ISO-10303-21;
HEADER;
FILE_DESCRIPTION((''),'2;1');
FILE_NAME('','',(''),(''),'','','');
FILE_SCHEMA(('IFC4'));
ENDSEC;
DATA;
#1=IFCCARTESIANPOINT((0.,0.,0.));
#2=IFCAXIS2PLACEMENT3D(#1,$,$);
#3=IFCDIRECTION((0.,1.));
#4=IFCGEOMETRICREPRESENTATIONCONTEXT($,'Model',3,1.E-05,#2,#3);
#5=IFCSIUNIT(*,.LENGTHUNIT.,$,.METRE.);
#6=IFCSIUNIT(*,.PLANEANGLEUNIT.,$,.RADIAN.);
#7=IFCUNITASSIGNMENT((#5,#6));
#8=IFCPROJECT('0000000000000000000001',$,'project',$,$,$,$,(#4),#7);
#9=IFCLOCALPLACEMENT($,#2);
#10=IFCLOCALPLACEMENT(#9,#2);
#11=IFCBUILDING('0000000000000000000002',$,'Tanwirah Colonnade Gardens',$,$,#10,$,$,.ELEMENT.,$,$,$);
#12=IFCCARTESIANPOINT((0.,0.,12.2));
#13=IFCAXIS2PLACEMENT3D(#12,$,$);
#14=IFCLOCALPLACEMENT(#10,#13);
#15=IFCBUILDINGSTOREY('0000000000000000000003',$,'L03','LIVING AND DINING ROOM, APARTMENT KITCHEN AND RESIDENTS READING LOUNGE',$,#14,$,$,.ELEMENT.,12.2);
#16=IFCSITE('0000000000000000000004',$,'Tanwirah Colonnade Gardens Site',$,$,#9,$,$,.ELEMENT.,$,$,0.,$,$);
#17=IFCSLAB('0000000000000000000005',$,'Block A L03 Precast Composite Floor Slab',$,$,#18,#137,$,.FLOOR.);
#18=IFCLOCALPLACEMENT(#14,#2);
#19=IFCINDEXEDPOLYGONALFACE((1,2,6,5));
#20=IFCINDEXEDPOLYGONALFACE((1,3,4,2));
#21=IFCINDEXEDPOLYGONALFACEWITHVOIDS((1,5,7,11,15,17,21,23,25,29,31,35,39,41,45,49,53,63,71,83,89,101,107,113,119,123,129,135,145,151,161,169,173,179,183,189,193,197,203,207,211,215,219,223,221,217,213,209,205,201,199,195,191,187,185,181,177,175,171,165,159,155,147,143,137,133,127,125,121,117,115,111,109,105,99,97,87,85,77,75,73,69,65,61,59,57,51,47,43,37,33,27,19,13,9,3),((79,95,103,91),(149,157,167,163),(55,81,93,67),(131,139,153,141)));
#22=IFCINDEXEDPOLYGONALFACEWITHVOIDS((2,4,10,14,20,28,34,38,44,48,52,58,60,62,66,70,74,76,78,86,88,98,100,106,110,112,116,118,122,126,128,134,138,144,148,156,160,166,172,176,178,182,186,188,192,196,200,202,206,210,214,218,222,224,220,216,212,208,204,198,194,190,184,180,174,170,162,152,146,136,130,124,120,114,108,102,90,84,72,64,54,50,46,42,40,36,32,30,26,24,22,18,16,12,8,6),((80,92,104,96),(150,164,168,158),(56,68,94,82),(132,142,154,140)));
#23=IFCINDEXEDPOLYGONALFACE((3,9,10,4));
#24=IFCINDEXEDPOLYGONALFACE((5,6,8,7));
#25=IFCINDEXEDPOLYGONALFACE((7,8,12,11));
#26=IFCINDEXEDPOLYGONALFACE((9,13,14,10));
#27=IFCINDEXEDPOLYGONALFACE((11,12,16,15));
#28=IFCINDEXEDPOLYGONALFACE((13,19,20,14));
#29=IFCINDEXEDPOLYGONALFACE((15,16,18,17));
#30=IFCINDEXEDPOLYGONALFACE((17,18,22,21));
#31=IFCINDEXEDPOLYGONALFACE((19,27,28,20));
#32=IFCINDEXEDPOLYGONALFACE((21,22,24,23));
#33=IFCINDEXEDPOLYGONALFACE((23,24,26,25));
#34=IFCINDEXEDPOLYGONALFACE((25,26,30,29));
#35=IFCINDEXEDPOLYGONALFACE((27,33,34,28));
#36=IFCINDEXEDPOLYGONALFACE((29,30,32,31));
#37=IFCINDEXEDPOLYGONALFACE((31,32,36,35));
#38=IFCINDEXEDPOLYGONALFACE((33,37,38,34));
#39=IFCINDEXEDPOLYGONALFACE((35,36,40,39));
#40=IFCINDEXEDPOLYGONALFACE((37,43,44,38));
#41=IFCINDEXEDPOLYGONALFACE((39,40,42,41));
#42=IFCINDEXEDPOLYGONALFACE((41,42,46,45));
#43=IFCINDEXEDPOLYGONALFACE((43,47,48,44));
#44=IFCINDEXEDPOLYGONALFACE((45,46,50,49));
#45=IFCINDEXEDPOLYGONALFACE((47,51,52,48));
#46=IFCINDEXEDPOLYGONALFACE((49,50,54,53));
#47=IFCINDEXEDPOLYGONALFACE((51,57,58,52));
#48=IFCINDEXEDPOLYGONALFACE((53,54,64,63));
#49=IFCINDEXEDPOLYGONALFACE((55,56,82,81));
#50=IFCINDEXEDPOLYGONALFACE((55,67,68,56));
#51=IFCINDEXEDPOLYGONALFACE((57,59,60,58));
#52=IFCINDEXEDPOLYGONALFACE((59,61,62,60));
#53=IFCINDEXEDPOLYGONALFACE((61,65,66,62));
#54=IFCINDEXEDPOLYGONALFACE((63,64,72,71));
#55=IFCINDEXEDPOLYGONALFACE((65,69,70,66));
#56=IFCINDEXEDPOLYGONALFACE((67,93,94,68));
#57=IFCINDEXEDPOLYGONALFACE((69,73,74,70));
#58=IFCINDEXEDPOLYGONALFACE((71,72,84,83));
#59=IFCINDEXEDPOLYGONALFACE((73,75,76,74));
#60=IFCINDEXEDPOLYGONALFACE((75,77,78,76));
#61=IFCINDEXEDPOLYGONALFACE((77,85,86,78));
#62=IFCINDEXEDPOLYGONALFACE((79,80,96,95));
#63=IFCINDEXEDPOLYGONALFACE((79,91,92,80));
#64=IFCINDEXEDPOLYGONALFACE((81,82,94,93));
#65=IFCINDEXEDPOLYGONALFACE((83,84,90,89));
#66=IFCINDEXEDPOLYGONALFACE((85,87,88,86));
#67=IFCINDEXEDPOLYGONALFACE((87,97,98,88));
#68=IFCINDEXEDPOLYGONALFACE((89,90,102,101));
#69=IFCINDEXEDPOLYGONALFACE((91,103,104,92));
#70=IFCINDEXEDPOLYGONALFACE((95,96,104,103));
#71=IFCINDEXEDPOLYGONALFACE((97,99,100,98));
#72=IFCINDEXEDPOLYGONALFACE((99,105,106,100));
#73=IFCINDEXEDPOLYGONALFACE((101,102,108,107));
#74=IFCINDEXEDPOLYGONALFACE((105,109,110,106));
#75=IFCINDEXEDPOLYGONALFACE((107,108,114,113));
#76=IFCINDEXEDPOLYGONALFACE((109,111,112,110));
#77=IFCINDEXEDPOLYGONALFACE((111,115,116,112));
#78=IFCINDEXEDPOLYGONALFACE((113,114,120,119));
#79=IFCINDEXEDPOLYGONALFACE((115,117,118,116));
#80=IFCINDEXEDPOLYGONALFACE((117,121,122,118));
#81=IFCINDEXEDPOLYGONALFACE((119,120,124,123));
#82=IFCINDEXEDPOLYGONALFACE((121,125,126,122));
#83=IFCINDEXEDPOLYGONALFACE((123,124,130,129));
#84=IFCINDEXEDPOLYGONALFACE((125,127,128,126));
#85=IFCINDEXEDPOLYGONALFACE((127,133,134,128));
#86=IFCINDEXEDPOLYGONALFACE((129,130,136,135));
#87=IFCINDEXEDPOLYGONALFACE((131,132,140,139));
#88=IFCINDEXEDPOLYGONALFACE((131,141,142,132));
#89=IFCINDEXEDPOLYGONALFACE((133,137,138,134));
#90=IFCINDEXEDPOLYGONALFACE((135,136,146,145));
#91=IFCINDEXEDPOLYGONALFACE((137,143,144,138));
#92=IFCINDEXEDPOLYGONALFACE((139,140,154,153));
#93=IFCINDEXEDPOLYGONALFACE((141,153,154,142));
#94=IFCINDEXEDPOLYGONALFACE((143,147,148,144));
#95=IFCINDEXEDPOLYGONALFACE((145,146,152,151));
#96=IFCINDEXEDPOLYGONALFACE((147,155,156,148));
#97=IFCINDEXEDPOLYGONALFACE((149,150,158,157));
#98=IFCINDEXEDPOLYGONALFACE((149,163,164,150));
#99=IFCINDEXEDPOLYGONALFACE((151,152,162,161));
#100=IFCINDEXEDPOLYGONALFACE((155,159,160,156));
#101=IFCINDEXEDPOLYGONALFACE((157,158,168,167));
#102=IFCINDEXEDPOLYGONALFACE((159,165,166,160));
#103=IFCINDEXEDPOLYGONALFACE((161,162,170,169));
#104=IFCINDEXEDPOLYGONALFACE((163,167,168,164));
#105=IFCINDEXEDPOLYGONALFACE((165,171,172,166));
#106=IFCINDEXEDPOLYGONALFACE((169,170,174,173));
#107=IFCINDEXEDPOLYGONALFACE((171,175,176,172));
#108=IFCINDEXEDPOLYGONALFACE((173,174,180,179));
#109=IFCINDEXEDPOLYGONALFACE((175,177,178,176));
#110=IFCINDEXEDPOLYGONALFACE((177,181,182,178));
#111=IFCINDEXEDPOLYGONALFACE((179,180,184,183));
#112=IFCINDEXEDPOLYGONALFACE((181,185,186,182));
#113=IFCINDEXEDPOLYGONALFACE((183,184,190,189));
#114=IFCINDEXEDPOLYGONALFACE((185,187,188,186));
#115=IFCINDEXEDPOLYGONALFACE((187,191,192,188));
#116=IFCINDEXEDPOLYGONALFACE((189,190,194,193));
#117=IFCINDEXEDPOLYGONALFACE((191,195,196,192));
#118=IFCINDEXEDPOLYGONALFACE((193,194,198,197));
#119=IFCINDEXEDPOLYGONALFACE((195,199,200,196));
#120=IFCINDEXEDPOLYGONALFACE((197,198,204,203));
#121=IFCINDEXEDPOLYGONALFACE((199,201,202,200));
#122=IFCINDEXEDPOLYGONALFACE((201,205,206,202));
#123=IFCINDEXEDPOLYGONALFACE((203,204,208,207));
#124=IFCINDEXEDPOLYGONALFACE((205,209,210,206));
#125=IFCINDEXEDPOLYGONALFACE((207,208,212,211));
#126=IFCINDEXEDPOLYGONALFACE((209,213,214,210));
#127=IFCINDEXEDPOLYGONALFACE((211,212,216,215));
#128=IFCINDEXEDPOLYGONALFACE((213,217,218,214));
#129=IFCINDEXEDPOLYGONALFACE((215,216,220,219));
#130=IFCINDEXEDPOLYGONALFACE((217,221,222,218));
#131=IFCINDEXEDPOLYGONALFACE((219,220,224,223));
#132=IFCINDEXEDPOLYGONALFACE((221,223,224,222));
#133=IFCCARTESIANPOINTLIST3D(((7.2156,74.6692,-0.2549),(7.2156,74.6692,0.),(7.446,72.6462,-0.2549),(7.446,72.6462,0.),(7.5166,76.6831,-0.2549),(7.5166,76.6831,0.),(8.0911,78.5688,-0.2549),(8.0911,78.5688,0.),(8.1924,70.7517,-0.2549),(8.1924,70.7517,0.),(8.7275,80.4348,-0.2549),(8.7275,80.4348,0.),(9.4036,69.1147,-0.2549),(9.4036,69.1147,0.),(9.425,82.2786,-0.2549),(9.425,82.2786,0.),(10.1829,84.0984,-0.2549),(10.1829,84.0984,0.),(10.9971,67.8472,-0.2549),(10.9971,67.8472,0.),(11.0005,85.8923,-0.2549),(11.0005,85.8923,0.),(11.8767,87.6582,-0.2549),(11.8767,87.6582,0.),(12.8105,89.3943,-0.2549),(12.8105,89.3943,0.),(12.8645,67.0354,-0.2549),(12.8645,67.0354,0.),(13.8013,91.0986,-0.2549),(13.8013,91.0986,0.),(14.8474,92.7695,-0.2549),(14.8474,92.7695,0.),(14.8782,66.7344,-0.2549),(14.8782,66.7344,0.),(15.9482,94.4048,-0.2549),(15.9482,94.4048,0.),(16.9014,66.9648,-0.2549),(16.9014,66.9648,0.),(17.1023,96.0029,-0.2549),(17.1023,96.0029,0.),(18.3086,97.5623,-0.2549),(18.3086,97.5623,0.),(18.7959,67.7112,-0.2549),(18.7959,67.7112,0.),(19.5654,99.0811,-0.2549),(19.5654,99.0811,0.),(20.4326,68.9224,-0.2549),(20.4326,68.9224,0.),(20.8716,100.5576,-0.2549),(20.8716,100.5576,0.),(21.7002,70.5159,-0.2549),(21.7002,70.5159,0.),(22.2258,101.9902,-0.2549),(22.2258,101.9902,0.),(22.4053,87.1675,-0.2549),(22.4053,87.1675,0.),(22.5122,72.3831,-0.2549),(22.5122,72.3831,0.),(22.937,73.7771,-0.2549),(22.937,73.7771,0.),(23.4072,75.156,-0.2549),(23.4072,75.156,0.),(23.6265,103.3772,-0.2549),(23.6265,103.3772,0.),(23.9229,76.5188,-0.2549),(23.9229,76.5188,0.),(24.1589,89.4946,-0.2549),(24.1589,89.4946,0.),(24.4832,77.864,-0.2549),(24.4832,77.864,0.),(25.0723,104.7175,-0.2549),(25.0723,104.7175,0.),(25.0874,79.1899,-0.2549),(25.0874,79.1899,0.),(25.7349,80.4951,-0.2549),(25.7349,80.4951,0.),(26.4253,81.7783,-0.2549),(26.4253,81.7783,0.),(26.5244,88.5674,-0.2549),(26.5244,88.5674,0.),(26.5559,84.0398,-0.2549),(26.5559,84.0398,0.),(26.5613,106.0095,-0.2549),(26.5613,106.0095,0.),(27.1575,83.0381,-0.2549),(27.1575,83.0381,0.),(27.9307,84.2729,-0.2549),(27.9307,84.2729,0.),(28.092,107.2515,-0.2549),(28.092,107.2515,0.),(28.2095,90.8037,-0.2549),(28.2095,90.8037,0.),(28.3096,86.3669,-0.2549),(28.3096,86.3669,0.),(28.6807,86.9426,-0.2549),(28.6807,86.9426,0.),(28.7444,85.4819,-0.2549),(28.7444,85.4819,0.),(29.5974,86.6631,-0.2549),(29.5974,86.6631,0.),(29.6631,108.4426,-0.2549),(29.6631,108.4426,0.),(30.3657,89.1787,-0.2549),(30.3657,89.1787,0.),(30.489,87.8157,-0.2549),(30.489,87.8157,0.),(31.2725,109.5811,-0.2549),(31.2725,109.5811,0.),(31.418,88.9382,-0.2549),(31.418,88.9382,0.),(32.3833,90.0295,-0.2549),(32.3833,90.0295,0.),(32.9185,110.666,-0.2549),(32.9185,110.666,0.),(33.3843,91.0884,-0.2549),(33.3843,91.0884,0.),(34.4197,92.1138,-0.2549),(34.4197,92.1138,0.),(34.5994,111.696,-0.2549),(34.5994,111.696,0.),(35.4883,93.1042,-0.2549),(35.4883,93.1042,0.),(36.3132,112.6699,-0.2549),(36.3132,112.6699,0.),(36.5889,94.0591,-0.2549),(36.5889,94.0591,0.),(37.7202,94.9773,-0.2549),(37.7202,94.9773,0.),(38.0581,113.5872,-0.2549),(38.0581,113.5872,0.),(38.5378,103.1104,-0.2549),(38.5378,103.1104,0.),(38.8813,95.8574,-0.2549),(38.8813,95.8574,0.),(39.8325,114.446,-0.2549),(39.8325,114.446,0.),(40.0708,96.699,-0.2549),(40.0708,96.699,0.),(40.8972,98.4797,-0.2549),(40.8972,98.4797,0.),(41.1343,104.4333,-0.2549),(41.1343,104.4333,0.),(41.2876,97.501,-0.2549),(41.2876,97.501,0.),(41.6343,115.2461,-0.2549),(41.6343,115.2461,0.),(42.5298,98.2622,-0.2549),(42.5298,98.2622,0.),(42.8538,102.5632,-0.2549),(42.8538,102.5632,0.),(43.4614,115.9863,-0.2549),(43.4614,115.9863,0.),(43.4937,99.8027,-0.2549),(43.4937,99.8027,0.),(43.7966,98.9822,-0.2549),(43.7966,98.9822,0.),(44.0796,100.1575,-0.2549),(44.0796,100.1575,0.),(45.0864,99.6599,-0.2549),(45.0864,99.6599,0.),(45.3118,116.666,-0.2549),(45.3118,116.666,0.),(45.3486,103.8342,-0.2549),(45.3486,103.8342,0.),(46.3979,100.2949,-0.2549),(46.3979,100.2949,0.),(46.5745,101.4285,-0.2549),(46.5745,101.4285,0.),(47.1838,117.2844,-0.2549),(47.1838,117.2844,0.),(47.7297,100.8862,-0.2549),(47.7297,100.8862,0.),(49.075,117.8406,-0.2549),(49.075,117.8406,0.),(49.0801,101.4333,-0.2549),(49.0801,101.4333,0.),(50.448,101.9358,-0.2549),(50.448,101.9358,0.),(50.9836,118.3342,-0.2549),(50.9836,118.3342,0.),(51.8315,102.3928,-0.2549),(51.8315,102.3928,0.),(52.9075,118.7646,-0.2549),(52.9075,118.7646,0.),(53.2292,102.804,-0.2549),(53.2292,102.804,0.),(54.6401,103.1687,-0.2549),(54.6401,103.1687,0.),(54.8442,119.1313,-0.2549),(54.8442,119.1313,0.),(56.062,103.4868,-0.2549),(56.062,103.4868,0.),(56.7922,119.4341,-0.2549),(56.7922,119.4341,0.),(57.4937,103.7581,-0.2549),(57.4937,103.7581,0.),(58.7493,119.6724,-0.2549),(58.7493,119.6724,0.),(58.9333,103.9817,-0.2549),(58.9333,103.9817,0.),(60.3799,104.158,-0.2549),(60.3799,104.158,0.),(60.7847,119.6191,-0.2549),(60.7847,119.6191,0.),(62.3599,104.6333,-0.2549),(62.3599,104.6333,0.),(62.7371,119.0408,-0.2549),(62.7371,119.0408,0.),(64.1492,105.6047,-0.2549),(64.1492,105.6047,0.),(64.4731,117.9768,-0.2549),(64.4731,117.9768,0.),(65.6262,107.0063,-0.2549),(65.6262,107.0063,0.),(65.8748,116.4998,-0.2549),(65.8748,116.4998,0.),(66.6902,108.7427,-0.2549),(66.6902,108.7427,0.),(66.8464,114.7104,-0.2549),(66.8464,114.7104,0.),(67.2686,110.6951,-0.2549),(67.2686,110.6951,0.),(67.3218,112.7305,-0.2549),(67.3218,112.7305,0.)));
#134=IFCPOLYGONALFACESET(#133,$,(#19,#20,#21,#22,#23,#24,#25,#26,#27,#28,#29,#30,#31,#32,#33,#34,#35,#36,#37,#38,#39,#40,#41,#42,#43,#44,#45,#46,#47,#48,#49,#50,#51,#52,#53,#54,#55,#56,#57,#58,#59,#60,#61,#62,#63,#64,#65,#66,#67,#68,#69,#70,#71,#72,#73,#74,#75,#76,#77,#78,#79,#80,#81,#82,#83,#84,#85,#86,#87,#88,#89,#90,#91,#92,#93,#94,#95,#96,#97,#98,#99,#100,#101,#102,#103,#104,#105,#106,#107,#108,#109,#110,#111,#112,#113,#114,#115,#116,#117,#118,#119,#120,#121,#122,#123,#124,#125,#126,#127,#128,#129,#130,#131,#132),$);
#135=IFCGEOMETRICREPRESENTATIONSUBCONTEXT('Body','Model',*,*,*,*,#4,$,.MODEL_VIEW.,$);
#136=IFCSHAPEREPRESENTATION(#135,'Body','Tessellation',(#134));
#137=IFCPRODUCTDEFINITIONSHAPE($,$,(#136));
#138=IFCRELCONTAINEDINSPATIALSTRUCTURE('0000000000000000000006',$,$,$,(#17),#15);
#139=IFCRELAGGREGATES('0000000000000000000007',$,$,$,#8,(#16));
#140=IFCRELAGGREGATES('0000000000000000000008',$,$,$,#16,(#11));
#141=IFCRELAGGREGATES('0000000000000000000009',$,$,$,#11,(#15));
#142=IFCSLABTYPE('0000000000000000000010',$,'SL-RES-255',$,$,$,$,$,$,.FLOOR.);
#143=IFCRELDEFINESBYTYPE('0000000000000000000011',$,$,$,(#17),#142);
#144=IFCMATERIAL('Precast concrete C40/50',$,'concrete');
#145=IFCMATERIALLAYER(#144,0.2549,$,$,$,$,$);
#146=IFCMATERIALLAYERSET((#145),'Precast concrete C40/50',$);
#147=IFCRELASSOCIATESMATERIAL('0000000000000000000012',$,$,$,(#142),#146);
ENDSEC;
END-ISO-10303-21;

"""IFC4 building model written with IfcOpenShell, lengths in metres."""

from ifc_helpers import new_model, si_unit, direction, frame, origin, place, context, subcontext, project, spatial, polyline, outline, extrude, material, layer, layer_set, type_object, element, save


model = new_model("IFC4")

# Units and contexts
model_context = context("Model", 3, precision=1e-05, world=origin(), true_north=direction((0.0, 1.0)))
body_context = subcontext(model_context, "Body", "Model", "MODEL_VIEW")
ifc_project = project(units=[si_unit("LENGTHUNIT", "METRE"), si_unit("PLANEANGLEUNIT", "RADIAN")], contexts=[model_context])

# Site, building, storey
site_placement = place(None, origin())
site = spatial("IfcSite", under=ifc_project, at=site_placement, Name="Tanwirah Colonnade Gardens Site", CompositionType="ELEMENT", RefElevation=0.0)
building_placement = place(site_placement, origin())
building = spatial("IfcBuilding", under=site, at=building_placement, Name="Tanwirah Colonnade Gardens", CompositionType="ELEMENT")
storey_placement = place(building_placement, frame((0.0, 0.0, 12.2)))
storey = spatial("IfcBuildingStorey", under=building, at=storey_placement, Name="L03", Description="LIVING AND DINING ROOM, APARTMENT KITCHEN AND RESIDENTS READING LOUNGE", CompositionType="ELEMENT", Elevation=12.2)

# Shared definitions
ifc_material_1 = material(Name="Precast concrete C40/50", Category="concrete")

# Slab
ifc_layer_1 = layer(ifc_material_1, 0.2549)
ifc_layer_set_1 = layer_set([ifc_layer_1], Name="Precast concrete C40/50")
slab_type_1 = type_object("IfcSlabType", Name="SL-RES-255", PredefinedType="FLOOR", material=ifc_layer_set_1)
slab_1_placement = place(storey_placement, frame((0.0, 0.0, -0.2549)))
element("IfcSlab", 1, at=slab_1_placement, inside=storey, type_object=slab_type_1, Name="Block A L03 Precast Composite Floor Slab", PredefinedType="FLOOR", context=body_context, shape_type="SweptSolid", body=[
    extrude(outline(polyline([(57.4937, 103.7581), (58.9333, 103.9817), (60.3799, 104.158), (62.3599, 104.6333), (64.1492, 105.6047), (65.6262, 107.0063), (66.6902, 108.7427), (67.2686, 110.6951), (67.3218, 112.7305), (66.8464, 114.7104), (65.8748, 116.4998), (64.4731, 117.9768), (62.7371, 119.0408), (60.7847, 119.6191), (58.7493, 119.6724), (56.7922, 119.4341), (54.8442, 119.1313), (52.9075, 118.7646), (50.9836, 118.3342), (49.075, 117.8406), (47.1838, 117.2844), (45.3118, 116.666), (43.4614, 115.9863), (41.6343, 115.2461), (39.8325, 114.446), (38.0581, 113.5872), (36.3132, 112.6699), (34.5994, 111.696), (32.9185, 110.666), (31.2725, 109.5811), (29.6631, 108.4426), (28.092, 107.2515), (26.5613, 106.0095), (25.0723, 104.7175), (23.6265, 103.3772), (22.2258, 101.9902), (20.8716, 100.5576), (19.5654, 99.0811), (18.3086, 97.5623), (17.1023, 96.0029), (15.9482, 94.4048), (14.8474, 92.7695), (13.8013, 91.0986), (12.8105, 89.3943), (11.8767, 87.6582), (11.0005, 85.8923), (10.1829, 84.0984), (9.425, 82.2786), (8.7275, 80.4348), (8.0911, 78.5688), (7.5166, 76.6831), (7.2156, 74.6692), (7.446, 72.6462), (8.1924, 70.7517), (9.4036, 69.1147), (10.9971, 67.8472), (12.8645, 67.0354), (14.8782, 66.7344), (16.9014, 66.9648), (18.7959, 67.7112), (20.4326, 68.9224), (21.7002, 70.5159), (22.5122, 72.3831), (22.937, 73.7771), (23.4072, 75.156), (23.9229, 76.5188), (24.4832, 77.864), (25.0874, 79.1899), (25.7349, 80.4951), (26.4253, 81.7783), (27.1575, 83.0381), (27.9307, 84.2729), (28.7444, 85.4819), (29.5974, 86.6631), (30.489, 87.8157), (31.418, 88.9382), (32.3833, 90.0295), (33.3843, 91.0884), (34.4197, 92.1138), (35.4883, 93.1042), (36.5889, 94.0591), (37.7202, 94.9773), (38.8813, 95.8574), (40.0708, 96.699), (41.2876, 97.501), (42.5298, 98.2622), (43.7966, 98.9822), (45.0864, 99.6599), (46.3979, 100.2949), (47.7297, 100.8862), (49.0801, 101.4333), (50.448, 101.9358), (51.8315, 102.3928), (53.2292, 102.804), (54.6401, 103.1687), (56.062, 103.4868), (57.4937, 103.7581)]), holes=[polyline([(41.1343, 104.4333), (43.4937, 99.8027), (40.8972, 98.4797), (38.5378, 103.1104), (41.1343, 104.4333)]), polyline([(46.5745, 101.4285), (44.0796, 100.1575), (42.8538, 102.5632), (45.3486, 103.8342), (46.5745, 101.4285)]), polyline([(26.5559, 84.0398), (22.4053, 87.1675), (24.1589, 89.4946), (28.3096, 86.3669), (26.5559, 84.0398)]), polyline([(26.5244, 88.5674), (28.2095, 90.8037), (30.3657, 89.1787), (28.6807, 86.9426), (26.5244, 88.5674)])]), origin(), (0.0, 0.0, 1.0), 0.2549),
])

save(model, "model.ifc")
